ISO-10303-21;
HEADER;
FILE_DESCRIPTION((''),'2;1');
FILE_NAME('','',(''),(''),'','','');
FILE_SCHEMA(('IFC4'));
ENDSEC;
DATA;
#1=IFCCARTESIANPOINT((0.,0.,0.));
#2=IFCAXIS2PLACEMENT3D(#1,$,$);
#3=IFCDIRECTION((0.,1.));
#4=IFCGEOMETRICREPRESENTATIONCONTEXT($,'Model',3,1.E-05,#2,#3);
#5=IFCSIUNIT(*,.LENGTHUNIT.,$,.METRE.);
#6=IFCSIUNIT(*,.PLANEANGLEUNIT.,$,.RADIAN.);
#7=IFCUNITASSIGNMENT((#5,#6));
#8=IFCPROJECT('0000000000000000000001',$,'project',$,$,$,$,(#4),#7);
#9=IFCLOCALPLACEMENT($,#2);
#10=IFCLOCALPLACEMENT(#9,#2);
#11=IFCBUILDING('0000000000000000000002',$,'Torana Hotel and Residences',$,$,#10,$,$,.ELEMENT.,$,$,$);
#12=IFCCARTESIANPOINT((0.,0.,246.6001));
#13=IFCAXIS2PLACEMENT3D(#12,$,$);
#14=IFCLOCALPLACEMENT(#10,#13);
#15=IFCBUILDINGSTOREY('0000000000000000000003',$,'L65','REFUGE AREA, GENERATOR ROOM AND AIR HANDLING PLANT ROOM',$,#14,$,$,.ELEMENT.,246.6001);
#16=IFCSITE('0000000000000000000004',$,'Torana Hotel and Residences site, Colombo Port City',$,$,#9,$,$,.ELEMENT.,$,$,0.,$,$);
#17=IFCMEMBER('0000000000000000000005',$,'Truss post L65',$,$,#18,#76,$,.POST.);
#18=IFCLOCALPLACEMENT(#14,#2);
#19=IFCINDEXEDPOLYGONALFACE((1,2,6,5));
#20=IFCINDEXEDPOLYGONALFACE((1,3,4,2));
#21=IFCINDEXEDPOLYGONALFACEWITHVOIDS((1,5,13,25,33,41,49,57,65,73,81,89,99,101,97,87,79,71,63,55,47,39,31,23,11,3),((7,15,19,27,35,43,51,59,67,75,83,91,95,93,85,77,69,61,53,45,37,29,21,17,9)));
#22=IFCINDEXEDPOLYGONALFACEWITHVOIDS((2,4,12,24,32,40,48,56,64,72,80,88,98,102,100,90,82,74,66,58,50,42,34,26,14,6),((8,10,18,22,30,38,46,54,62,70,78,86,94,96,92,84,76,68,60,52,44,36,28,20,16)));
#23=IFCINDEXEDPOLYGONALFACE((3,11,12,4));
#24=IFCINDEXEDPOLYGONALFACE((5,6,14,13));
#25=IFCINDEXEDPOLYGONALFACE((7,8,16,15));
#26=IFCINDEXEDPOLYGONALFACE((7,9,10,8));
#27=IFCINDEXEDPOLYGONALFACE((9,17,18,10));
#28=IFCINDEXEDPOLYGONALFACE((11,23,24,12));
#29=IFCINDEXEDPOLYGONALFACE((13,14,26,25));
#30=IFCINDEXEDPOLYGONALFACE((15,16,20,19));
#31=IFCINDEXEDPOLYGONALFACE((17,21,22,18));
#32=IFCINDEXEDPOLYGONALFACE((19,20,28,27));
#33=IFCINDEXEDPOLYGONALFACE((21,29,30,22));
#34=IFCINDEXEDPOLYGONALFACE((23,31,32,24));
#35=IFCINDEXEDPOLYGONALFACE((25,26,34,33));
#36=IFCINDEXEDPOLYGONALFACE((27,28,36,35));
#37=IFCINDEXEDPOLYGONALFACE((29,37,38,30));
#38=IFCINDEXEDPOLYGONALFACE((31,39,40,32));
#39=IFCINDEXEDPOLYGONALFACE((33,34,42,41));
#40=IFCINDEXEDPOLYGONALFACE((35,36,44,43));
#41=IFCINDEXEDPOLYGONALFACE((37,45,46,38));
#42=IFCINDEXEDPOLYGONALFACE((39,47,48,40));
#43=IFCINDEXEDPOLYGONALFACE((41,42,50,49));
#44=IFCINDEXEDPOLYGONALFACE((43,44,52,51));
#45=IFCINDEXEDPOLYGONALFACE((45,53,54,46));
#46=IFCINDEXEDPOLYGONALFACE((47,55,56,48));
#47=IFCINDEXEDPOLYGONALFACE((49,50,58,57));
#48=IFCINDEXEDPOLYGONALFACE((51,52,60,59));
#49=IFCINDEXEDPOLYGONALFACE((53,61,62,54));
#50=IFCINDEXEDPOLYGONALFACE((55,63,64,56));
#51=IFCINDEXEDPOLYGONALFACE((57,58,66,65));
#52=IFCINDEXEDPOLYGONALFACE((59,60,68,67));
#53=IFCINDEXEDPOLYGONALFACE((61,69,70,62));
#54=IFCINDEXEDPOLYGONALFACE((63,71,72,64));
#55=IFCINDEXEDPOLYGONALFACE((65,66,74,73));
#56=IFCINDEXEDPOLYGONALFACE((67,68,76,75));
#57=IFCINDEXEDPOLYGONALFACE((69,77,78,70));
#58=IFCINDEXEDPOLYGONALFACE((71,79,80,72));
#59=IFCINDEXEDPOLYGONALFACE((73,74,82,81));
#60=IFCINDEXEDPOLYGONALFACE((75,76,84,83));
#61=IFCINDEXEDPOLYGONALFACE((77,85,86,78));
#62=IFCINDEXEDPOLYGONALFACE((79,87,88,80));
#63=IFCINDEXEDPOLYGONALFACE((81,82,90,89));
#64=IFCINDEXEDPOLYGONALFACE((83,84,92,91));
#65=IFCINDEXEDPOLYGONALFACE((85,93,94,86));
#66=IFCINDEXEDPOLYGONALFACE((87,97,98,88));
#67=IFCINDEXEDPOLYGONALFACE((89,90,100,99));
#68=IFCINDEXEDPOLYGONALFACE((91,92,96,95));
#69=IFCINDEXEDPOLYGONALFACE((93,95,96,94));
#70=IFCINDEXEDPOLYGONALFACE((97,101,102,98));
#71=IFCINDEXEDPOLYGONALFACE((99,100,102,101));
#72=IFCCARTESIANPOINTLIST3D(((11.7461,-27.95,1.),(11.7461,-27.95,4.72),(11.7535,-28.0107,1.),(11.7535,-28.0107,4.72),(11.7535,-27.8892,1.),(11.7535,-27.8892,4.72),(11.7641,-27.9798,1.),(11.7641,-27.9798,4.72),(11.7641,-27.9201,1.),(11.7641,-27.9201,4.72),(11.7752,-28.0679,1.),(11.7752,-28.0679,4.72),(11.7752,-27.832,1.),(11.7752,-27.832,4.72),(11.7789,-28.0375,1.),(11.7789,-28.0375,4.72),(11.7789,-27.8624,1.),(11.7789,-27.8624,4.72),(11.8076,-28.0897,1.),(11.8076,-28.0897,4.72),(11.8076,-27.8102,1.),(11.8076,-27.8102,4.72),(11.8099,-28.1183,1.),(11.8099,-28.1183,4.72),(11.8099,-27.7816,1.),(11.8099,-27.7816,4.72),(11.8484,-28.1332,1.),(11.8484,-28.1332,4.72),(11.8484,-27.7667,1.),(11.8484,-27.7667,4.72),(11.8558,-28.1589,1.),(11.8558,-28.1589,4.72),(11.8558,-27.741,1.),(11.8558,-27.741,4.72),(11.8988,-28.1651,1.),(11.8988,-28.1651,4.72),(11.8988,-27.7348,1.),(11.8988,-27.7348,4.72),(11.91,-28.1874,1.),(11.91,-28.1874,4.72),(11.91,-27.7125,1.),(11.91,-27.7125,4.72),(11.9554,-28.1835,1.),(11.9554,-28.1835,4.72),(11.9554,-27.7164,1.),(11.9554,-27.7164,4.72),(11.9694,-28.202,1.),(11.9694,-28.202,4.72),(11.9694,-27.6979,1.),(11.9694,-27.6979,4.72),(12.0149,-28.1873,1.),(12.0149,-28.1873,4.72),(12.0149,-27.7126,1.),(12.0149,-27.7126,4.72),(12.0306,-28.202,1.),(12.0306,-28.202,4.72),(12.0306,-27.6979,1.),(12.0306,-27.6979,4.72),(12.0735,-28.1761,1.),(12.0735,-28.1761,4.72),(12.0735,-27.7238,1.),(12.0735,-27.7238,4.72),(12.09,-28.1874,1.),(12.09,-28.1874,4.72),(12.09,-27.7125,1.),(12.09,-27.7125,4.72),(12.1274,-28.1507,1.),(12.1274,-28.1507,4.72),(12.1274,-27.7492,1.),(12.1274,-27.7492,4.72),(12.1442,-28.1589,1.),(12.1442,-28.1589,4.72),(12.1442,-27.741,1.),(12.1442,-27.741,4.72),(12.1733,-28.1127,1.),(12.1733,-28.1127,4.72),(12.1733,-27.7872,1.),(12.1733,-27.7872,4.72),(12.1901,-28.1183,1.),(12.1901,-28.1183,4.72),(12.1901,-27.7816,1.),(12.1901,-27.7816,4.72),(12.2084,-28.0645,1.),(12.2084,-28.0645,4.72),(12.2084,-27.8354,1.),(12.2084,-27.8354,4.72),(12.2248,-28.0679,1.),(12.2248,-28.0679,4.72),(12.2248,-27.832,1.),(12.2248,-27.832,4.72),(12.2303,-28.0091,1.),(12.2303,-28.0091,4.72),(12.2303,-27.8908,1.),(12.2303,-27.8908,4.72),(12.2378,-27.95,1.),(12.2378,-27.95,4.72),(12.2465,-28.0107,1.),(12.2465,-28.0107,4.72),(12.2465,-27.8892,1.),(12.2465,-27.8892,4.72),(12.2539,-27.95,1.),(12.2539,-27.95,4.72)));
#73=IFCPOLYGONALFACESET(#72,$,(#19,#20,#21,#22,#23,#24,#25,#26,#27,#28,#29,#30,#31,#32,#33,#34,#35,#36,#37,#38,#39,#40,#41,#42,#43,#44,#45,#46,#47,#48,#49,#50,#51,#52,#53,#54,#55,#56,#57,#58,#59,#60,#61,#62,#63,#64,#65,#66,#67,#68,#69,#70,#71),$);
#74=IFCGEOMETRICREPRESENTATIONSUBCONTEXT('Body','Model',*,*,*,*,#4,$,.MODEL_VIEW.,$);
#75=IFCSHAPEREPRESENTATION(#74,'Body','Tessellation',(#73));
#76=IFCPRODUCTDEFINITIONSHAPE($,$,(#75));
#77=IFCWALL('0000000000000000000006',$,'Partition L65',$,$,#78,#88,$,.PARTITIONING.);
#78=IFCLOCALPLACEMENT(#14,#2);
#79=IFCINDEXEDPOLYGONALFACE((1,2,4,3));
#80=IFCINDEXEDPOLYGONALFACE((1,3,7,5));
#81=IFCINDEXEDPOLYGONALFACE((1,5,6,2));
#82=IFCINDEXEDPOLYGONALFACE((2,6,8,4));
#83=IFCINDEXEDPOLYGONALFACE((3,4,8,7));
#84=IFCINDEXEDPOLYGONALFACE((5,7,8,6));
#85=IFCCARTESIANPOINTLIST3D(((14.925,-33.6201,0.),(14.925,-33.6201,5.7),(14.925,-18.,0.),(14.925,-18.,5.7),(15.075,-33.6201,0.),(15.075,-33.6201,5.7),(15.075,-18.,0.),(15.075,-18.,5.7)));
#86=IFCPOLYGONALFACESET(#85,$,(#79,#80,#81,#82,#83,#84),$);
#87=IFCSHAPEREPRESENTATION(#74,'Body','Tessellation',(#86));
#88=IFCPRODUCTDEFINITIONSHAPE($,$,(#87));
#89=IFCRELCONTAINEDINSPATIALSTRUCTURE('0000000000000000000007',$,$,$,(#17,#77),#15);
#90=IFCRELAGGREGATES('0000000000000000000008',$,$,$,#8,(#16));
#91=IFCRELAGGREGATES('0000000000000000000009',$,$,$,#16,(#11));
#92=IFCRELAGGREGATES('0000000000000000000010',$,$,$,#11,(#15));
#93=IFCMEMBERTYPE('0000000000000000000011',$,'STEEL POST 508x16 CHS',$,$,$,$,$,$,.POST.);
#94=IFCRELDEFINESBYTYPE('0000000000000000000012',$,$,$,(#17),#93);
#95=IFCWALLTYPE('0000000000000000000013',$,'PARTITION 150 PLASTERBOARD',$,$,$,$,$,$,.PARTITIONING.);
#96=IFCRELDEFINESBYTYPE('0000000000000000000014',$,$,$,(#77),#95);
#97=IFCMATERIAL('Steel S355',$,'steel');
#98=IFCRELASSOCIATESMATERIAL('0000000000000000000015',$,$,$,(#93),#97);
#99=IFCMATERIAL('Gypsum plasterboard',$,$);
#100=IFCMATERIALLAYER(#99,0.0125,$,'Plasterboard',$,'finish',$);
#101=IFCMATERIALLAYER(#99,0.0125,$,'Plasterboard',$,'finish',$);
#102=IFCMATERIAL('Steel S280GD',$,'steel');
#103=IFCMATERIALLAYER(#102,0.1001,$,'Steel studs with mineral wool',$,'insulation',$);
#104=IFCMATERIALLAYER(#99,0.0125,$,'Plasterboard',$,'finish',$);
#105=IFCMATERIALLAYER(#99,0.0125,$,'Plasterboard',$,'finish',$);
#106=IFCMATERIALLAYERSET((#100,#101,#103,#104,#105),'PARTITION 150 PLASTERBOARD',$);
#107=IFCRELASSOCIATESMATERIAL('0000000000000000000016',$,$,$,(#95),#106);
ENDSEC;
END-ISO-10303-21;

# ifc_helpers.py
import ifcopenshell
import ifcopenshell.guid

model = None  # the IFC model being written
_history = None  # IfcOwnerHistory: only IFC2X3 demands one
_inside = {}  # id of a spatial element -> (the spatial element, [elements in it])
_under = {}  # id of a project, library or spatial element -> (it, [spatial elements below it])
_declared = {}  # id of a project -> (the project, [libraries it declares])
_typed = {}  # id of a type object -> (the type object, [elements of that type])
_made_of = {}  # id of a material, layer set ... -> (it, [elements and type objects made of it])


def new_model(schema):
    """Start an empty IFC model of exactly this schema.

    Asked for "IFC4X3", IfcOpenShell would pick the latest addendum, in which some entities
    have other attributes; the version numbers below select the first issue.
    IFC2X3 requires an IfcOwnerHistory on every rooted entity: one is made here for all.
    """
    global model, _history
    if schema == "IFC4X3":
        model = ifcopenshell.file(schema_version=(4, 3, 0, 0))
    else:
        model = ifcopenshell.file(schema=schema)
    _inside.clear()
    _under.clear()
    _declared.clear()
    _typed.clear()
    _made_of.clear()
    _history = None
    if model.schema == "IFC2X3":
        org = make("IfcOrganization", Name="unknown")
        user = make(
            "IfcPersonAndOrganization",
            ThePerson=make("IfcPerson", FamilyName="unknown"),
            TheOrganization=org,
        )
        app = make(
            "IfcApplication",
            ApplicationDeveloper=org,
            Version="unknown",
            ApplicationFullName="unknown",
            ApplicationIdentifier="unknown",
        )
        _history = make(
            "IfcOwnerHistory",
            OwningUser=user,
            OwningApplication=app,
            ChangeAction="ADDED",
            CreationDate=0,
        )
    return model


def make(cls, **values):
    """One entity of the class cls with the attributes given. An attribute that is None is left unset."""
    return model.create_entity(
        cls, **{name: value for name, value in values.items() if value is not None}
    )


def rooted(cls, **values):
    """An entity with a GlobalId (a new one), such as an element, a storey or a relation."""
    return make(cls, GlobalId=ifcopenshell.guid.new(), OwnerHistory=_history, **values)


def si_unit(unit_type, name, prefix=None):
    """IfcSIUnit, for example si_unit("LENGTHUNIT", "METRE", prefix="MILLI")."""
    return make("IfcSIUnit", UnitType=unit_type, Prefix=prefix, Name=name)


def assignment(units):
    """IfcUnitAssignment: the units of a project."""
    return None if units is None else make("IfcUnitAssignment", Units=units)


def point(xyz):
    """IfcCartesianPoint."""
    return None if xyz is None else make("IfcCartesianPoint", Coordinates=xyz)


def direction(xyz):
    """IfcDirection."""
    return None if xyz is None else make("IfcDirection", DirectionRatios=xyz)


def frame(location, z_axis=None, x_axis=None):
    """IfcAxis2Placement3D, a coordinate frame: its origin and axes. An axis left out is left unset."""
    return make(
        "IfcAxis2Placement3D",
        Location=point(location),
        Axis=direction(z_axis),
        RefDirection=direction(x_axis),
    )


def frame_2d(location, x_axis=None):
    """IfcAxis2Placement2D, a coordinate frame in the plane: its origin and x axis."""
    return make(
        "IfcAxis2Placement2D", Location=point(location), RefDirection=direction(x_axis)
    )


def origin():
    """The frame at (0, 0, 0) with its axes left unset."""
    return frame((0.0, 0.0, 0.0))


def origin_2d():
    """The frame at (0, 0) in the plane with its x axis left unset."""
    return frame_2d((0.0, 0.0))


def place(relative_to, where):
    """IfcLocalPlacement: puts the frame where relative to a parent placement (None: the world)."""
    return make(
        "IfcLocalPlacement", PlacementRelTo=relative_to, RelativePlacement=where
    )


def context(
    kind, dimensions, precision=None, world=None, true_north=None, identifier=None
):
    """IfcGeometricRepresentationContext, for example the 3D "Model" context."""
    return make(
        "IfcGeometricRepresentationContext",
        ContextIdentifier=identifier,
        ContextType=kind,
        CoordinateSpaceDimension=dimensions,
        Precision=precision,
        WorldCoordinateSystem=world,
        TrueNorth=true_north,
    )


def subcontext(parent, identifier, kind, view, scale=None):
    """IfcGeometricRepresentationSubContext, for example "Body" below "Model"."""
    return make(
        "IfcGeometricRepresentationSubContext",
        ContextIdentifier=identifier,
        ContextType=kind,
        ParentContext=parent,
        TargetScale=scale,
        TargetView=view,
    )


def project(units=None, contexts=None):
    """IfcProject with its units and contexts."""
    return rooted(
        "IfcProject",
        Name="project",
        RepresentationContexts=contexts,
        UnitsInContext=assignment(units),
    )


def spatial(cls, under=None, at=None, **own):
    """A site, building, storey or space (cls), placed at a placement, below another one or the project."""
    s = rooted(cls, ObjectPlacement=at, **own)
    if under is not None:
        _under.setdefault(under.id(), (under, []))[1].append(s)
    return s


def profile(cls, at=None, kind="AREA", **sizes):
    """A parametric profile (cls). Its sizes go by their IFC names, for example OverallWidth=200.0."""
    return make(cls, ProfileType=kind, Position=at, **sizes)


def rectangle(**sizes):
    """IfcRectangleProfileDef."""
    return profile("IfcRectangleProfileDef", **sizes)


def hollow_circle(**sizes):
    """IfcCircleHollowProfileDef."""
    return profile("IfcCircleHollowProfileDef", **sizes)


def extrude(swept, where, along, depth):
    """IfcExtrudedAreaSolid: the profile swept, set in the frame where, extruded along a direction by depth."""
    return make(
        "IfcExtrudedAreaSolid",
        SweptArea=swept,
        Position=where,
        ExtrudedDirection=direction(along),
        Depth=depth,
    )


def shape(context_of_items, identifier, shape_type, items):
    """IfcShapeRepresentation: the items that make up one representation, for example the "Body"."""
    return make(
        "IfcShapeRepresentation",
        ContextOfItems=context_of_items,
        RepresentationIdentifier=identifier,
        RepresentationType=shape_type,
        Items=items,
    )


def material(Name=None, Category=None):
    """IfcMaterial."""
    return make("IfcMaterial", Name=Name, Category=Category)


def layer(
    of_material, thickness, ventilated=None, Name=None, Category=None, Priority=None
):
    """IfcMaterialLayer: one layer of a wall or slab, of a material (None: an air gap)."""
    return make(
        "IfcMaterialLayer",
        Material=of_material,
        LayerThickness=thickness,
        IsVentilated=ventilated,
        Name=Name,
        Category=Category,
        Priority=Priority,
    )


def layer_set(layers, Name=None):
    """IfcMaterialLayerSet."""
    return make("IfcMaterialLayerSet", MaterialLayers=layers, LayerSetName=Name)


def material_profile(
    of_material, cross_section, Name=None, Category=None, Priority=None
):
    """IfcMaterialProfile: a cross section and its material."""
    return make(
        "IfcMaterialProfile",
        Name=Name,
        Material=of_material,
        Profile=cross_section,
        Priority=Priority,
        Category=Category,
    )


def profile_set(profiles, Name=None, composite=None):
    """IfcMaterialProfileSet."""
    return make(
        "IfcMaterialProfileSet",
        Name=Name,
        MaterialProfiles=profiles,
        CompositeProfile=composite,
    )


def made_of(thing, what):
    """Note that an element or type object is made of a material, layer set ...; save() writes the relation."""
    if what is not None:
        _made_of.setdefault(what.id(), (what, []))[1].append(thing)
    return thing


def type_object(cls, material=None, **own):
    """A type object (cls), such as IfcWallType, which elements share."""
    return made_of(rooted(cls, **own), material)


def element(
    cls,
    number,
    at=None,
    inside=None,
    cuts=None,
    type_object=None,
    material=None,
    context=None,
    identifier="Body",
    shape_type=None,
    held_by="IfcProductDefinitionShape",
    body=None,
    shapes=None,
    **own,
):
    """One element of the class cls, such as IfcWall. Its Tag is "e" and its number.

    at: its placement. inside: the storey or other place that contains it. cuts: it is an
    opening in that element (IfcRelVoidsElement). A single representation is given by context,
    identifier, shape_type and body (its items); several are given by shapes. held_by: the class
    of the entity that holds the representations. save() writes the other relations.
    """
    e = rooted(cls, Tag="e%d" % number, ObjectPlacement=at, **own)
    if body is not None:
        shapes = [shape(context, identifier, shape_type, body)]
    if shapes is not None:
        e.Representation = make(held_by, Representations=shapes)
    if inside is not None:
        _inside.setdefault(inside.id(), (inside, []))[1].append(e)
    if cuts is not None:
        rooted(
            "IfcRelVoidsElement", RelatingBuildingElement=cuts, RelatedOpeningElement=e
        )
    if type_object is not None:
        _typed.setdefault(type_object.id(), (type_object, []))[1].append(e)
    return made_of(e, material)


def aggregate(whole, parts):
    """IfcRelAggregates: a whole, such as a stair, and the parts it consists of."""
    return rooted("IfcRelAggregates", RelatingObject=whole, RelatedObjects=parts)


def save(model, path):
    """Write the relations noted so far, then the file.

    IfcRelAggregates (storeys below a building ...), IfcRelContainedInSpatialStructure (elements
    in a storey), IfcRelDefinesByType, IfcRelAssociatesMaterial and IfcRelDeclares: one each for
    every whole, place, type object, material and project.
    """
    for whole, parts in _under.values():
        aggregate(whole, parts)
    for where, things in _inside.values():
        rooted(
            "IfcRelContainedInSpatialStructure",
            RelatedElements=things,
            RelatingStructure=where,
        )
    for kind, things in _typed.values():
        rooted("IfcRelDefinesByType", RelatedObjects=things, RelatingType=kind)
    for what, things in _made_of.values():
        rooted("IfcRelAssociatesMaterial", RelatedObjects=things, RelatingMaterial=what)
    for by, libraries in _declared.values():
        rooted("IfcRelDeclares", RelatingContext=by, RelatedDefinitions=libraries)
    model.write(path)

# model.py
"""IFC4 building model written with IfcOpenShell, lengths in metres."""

from ifc_helpers import new_model, si_unit, direction, frame, frame_2d, origin, origin_2d, place, context, subcontext, project, spatial, rectangle, hollow_circle, extrude, material, layer, layer_set, material_profile, profile_set, type_object, element, save


model = new_model("IFC4")

# Units and contexts
model_context = context("Model", 3, precision=1e-05, world=origin(), true_north=direction((0.0, 1.0)))
body_context = subcontext(model_context, "Body", "Model", "MODEL_VIEW")
ifc_project = project(units=[si_unit("LENGTHUNIT", "METRE"), si_unit("PLANEANGLEUNIT", "RADIAN")], contexts=[model_context])

# Site, building, storey
site_placement = place(None, origin())
site = spatial("IfcSite", under=ifc_project, at=site_placement, Name="Torana Hotel and Residences site, Colombo Port City", CompositionType="ELEMENT", RefElevation=0.0)
building_placement = place(site_placement, origin())
building = spatial("IfcBuilding", under=site, at=building_placement, Name="Torana Hotel and Residences", CompositionType="ELEMENT")
storey_placement = place(building_placement, frame((0.0, 0.0, 246.6001)))
storey = spatial("IfcBuildingStorey", under=building, at=storey_placement, Name="L65", Description="REFUGE AREA, GENERATOR ROOM AND AIR HANDLING PLANT ROOM", CompositionType="ELEMENT", Elevation=246.6001)

# Member
ifc_material_1 = material(Name="Steel S355", Category="steel")
ifc_material_profile_1 = material_profile(ifc_material_1, hollow_circle(Radius=0.2539, WallThickness=0.0161, at=origin_2d()), Name="508x16 CHS")
ifc_profile_set_1 = profile_set([ifc_material_profile_1], Name="Steel S355")
member_type_1 = type_object("IfcMemberType", Name="STEEL POST 508x16 CHS", PredefinedType="POST", material=ifc_profile_set_1)
for number, where, z_axis, x_axis, name in (
    (1, (12.0, -27.95, 1.0), (0.0, 0.0, 1.0), (1.0, 0.0, 0.0), "Truss post L65"),
):
    element("IfcMember", number, at=place(storey_placement, frame(where, z_axis=z_axis, x_axis=x_axis)), inside=storey, type_object=member_type_1, Name=name, PredefinedType="POST", context=body_context, shape_type="SweptSolid", body=[
        extrude(hollow_circle(Radius=0.2539, WallThickness=0.0161, at=origin_2d()), origin(), (0.0, 0.0, 1.0), 3.72),
    ])

# Wall
ifc_material_2 = material(Name="Gypsum plasterboard")
ifc_layer_1 = layer(ifc_material_2, 0.0125, Name="Plasterboard", Category="finish")
ifc_layer_2 = layer(ifc_material_2, 0.0125, Name="Plasterboard", Category="finish")
ifc_material_3 = material(Name="Steel S280GD", Category="steel")
ifc_layer_3 = layer(ifc_material_3, 0.1001, Name="Steel studs with mineral wool", Category="insulation")
ifc_layer_4 = layer(ifc_material_2, 0.0125, Name="Plasterboard", Category="finish")
ifc_layer_5 = layer(ifc_material_2, 0.0125, Name="Plasterboard", Category="finish")
ifc_layer_set = layer_set([ifc_layer_1, ifc_layer_2, ifc_layer_3, ifc_layer_4, ifc_layer_5], Name="PARTITION 150 PLASTERBOARD")
wall_type = type_object("IfcWallType", Name="PARTITION 150 PLASTERBOARD", PredefinedType="PARTITIONING", material=ifc_layer_set)
wall_placement = place(storey_placement, frame((15.0, -33.6201, 0.0), z_axis=(0.0, 0.0, 1.0), x_axis=(0.0, 1.0, 0.0)))
element("IfcWall", 2, at=wall_placement, inside=storey, type_object=wall_type, Name="Partition L65", PredefinedType="PARTITIONING", context=body_context, shape_type="SweptSolid", body=[
    extrude(rectangle(XDim=15.6201, YDim=0.1499, at=frame_2d((7.8101, 0.0))), origin(), (0.0, 0.0, 1.0), 5.7),
])

save(model, "model.ifc")
